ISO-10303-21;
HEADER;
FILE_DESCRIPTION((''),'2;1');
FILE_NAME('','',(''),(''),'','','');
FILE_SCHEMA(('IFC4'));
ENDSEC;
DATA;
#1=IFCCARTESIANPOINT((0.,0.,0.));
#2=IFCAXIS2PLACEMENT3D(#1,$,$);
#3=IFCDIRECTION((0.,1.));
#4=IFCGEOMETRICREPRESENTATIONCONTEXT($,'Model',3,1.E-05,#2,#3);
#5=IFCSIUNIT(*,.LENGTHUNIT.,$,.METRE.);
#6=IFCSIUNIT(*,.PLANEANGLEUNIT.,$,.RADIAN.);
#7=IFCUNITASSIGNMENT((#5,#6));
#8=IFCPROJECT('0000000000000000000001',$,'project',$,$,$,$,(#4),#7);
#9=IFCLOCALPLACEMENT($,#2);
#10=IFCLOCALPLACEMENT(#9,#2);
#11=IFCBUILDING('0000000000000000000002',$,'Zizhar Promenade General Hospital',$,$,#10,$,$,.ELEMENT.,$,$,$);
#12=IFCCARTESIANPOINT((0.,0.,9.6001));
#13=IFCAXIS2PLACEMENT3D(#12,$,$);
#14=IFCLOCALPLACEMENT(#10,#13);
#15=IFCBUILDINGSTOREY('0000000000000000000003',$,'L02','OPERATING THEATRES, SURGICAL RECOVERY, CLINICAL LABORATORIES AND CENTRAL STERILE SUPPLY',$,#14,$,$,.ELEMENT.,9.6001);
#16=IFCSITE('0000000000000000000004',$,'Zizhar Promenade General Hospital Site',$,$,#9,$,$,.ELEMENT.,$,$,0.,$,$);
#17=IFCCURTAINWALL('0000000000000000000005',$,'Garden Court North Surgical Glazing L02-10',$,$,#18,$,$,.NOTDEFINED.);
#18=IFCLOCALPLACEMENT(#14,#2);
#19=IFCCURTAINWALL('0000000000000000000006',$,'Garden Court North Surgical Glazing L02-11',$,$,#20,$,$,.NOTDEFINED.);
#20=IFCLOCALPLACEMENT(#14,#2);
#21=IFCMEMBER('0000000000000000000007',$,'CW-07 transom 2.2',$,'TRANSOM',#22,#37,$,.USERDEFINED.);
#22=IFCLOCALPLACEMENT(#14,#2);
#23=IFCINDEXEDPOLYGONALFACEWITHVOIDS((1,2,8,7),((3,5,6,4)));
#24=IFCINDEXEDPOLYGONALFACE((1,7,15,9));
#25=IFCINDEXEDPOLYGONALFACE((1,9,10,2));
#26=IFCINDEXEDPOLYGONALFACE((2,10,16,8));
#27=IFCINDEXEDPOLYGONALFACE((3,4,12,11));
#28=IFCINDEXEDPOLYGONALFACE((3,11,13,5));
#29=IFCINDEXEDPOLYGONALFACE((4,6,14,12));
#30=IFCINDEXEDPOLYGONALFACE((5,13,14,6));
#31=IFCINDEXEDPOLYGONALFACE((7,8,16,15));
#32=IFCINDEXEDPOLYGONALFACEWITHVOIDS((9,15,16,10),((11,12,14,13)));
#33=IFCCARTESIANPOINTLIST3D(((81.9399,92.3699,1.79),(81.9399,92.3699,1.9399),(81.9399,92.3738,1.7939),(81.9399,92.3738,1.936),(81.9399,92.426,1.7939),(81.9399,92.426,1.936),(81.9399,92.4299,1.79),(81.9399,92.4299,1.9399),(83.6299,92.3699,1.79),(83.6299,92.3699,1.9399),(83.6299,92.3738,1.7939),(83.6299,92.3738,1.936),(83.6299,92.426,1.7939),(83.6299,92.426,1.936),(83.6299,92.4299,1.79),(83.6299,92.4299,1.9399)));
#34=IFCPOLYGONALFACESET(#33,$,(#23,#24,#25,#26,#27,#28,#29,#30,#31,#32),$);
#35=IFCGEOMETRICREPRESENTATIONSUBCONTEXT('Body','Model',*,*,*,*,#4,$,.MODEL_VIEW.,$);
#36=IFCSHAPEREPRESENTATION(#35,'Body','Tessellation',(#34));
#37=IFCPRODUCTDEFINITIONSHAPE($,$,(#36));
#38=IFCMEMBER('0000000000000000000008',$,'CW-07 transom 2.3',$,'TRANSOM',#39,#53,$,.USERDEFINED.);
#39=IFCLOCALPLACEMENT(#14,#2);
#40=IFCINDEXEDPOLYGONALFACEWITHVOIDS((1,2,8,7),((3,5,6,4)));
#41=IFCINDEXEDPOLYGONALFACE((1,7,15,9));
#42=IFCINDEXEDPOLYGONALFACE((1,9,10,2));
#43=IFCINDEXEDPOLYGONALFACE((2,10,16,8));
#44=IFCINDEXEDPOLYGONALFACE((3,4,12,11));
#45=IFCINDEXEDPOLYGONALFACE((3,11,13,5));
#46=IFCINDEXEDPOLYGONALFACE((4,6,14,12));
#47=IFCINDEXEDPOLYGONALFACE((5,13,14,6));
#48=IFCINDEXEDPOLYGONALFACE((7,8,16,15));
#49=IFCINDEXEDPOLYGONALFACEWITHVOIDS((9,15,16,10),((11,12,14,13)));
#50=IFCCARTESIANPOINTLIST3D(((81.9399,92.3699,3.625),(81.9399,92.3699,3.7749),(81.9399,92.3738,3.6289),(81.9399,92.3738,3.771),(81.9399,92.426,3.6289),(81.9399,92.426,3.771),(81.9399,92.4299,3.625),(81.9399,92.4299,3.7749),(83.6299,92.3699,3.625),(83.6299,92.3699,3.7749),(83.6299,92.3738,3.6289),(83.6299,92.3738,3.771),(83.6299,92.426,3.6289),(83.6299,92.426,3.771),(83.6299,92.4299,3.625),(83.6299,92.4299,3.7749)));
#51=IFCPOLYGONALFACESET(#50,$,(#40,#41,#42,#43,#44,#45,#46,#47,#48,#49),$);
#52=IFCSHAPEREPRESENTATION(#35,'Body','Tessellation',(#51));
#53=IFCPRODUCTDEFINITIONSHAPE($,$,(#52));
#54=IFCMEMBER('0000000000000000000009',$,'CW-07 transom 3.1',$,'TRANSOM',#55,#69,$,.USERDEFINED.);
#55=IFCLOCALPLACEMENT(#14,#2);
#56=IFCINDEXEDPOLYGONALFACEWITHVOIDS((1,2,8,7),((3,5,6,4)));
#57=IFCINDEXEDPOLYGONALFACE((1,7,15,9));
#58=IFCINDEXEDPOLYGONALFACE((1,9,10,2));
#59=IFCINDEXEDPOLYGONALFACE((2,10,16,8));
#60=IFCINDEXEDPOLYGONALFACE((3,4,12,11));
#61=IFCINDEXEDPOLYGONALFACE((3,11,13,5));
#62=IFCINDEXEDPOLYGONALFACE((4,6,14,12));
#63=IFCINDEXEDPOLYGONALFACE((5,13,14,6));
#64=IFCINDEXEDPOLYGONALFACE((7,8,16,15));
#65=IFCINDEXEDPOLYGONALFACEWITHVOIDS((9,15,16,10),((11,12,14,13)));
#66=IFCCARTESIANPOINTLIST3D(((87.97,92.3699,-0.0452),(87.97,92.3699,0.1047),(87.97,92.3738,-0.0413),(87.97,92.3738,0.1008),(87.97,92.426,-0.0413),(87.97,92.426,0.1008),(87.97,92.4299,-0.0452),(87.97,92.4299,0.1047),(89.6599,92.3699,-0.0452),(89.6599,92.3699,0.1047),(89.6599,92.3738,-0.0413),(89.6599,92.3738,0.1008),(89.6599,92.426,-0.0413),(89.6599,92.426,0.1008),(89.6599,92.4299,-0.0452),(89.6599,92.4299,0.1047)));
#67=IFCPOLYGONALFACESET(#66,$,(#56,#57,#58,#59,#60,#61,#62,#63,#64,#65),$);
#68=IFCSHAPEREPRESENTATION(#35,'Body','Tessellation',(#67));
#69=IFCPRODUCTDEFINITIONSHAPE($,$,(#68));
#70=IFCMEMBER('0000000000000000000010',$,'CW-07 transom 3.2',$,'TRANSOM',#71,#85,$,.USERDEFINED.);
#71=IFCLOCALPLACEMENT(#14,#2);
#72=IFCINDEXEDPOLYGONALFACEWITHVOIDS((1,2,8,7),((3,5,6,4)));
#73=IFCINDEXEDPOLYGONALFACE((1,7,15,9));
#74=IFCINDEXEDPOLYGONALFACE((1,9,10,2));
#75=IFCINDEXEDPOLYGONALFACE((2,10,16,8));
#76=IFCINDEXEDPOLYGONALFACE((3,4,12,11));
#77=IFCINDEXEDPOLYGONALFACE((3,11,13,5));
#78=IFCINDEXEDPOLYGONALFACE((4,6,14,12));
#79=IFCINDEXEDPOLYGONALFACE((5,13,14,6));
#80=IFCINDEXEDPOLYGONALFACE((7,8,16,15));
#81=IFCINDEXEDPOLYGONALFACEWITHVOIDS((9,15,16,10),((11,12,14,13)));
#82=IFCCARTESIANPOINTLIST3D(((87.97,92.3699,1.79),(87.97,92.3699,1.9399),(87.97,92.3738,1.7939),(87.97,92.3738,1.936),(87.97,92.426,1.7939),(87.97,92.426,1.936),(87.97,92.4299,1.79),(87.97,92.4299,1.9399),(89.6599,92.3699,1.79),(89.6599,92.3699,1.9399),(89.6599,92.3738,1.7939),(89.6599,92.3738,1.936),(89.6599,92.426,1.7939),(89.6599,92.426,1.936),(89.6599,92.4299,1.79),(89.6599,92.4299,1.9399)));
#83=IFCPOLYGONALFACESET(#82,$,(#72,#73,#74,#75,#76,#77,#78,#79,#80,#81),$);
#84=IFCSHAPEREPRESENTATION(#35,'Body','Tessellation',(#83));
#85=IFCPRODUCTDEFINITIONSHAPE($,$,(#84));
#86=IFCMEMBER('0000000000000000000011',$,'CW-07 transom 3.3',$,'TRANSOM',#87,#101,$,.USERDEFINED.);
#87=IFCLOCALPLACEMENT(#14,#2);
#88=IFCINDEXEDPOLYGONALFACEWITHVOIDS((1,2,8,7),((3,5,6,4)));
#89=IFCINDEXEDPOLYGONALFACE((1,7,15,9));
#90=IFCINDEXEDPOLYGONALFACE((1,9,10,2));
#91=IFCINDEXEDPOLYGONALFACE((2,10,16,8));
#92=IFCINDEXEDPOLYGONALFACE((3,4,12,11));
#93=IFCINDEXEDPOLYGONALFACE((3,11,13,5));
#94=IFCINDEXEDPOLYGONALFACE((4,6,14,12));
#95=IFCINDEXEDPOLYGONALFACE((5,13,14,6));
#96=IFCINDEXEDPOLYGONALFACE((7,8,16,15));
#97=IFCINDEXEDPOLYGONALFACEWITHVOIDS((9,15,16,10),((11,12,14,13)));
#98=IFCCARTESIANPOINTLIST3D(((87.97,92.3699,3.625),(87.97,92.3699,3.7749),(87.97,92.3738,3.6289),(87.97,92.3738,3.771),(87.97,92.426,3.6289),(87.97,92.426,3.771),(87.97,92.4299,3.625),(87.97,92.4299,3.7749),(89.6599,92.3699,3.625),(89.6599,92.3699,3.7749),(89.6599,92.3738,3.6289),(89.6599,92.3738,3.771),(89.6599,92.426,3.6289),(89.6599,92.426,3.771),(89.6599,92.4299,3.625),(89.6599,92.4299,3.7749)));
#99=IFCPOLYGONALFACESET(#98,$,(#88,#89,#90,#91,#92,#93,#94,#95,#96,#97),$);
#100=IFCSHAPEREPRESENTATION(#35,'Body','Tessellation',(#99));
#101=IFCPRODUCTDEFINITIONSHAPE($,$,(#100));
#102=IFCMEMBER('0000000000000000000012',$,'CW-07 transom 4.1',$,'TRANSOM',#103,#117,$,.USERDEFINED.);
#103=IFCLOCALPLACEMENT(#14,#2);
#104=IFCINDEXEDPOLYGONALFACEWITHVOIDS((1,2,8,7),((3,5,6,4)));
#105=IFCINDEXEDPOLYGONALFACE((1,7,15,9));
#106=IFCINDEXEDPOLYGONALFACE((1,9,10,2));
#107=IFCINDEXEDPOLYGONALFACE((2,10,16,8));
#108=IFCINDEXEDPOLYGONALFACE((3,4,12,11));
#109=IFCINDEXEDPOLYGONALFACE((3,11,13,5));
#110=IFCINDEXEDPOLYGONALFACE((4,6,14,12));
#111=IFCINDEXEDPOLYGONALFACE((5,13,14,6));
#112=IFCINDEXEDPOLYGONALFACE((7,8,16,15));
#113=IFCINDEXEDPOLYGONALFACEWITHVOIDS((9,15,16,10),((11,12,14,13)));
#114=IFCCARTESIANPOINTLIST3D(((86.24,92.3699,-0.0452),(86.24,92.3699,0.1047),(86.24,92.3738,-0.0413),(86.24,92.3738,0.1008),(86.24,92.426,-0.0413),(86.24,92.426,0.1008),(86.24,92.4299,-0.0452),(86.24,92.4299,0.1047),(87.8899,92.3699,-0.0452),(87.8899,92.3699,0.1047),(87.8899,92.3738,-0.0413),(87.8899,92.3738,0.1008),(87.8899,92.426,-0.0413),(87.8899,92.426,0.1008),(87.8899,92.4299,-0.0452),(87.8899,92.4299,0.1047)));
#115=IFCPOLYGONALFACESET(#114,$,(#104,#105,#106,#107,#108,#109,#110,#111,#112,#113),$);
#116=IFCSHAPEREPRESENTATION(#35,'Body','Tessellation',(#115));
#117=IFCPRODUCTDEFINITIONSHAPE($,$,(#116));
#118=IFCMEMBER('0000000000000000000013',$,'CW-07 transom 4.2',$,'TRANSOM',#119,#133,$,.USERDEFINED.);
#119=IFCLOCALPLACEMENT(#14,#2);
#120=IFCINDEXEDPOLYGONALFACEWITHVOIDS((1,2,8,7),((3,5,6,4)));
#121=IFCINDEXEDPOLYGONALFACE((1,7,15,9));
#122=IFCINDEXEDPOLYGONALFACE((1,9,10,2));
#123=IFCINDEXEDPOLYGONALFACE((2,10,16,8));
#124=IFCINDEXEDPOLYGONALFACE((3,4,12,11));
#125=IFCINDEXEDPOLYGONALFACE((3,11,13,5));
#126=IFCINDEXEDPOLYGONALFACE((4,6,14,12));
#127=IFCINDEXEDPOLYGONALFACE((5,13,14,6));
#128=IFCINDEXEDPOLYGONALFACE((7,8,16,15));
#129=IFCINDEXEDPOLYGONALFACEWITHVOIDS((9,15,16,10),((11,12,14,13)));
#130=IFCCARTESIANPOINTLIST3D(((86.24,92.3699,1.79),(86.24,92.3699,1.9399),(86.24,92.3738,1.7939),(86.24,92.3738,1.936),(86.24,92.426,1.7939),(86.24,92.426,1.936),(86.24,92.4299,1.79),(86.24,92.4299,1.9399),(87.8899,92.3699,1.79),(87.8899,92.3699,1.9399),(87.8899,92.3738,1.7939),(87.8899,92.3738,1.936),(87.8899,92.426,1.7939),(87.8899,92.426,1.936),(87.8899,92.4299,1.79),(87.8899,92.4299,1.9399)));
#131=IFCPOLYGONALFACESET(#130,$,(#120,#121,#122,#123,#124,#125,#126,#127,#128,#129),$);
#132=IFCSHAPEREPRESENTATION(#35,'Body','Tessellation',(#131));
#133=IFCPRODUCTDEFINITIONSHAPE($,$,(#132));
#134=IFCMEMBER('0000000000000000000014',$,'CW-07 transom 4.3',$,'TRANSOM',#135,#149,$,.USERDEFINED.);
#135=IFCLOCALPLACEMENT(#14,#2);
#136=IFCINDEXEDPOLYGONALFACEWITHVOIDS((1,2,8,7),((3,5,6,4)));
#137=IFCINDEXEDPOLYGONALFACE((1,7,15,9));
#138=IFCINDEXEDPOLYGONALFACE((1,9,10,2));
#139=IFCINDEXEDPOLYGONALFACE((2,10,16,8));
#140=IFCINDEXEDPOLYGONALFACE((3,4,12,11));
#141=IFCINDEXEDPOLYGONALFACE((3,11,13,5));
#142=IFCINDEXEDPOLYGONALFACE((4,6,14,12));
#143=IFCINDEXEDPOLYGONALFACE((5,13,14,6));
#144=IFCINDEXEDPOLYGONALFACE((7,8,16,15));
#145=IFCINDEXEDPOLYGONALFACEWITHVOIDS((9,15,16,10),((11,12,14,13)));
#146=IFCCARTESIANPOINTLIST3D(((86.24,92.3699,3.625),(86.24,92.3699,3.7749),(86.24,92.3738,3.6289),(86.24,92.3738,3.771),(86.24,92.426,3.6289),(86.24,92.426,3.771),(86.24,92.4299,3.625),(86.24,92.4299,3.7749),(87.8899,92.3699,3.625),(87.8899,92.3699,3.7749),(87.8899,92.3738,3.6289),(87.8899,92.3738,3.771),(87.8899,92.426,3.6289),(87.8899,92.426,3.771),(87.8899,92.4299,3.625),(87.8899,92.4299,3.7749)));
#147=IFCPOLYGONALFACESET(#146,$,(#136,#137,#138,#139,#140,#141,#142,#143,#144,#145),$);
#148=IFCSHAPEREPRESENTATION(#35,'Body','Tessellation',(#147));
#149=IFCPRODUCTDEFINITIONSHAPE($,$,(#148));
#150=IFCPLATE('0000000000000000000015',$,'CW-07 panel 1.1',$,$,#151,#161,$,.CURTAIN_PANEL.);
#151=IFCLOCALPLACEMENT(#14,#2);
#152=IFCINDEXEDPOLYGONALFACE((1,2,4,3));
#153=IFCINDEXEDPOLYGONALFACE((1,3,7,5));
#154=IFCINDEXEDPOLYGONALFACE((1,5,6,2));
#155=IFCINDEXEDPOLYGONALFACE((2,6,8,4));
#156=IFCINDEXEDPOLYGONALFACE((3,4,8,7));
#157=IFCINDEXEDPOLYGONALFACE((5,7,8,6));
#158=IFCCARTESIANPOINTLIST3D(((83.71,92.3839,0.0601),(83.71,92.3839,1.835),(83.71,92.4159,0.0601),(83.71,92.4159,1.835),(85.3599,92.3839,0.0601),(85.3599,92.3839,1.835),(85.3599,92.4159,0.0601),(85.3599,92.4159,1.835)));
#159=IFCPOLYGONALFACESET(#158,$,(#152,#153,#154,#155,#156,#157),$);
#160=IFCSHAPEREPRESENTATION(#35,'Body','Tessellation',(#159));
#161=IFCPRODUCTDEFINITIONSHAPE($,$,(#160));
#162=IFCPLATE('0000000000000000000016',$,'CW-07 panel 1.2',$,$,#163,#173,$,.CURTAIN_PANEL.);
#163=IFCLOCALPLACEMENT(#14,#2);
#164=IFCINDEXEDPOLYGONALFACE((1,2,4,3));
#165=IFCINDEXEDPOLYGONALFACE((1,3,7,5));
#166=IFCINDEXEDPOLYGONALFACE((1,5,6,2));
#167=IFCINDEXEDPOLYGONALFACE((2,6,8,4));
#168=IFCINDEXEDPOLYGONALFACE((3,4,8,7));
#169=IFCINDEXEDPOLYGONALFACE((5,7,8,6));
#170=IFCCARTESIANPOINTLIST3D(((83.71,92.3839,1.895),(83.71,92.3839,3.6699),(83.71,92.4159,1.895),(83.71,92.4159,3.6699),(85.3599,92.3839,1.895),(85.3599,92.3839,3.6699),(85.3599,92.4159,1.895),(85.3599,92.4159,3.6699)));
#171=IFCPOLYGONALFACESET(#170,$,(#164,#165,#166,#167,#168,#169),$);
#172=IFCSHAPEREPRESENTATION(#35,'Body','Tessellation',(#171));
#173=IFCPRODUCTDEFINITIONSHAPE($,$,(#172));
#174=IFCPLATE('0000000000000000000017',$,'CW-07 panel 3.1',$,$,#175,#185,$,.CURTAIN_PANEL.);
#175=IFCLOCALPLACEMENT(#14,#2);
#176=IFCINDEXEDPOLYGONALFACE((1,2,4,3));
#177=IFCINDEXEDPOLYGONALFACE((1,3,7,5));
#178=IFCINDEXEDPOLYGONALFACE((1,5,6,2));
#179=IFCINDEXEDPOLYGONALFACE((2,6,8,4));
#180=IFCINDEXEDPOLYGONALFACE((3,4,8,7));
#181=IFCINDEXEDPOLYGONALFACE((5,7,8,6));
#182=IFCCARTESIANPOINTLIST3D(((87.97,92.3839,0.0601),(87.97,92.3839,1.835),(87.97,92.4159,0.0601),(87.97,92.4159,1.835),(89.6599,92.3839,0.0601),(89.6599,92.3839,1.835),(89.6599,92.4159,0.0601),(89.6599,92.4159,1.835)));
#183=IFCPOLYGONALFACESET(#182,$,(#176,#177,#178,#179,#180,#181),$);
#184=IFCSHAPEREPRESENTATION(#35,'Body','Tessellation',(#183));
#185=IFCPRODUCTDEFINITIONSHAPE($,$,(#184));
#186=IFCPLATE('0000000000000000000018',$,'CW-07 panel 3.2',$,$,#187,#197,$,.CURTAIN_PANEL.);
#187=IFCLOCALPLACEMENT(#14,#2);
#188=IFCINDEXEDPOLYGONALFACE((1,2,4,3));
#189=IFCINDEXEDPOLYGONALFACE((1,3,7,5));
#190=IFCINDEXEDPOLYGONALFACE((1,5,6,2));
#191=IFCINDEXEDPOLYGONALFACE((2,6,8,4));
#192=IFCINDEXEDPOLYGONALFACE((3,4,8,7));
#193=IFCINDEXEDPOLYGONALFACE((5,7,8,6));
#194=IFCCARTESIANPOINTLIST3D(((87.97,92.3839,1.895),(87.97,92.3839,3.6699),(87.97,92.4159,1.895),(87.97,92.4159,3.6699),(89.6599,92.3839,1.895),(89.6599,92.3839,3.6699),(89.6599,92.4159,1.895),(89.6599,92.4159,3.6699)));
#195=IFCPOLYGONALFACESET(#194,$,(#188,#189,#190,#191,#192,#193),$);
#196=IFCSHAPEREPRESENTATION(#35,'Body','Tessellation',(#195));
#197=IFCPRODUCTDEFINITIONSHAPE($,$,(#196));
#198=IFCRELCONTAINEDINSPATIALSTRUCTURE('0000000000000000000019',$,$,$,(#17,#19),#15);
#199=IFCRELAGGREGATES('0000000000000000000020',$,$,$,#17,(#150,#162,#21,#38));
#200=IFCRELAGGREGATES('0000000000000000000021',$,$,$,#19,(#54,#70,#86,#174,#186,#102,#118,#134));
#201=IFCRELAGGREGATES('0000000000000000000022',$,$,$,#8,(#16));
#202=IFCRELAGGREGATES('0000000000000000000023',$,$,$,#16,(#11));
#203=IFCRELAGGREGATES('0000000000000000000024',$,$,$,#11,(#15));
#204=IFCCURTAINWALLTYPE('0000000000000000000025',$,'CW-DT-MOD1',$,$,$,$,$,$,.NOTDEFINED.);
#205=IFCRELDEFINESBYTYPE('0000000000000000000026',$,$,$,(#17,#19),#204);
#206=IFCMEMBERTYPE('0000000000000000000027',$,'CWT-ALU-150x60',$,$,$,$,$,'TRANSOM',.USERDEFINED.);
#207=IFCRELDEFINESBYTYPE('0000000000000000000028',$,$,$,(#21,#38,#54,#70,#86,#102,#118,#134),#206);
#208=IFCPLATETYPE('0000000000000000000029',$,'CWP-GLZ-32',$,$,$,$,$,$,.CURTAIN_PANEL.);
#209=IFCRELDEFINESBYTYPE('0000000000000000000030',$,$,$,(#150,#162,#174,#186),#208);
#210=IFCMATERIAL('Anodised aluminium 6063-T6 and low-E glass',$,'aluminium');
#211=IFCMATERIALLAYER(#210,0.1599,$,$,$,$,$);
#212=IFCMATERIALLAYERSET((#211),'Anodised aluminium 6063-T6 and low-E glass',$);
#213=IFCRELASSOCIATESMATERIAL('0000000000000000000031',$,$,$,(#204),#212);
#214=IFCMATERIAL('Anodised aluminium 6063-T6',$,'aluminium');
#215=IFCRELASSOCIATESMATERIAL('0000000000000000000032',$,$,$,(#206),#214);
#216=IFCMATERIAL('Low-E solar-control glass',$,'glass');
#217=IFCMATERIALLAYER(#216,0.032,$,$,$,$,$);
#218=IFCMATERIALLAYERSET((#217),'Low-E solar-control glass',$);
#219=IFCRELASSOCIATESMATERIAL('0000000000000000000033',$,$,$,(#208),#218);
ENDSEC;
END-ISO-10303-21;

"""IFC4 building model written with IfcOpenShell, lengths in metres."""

from ifc_helpers import new_model, si_unit, direction, frame, origin, origin_2d, place, context, subcontext, project, spatial, rectangle, hollow_rectangle, extrude, material, layer, layer_set, material_profile, profile_set, type_object, element, aggregate, save


model = new_model("IFC4")

# Units and contexts
model_context = context("Model", 3, precision=1e-05, world=origin(), true_north=direction((0.0, 1.0)))
body_context = subcontext(model_context, "Body", "Model", "MODEL_VIEW")
ifc_project = project(units=[si_unit("LENGTHUNIT", "METRE"), si_unit("PLANEANGLEUNIT", "RADIAN")], contexts=[model_context])

# Site, building, storey
site_placement = place(None, origin())
site = spatial("IfcSite", under=ifc_project, at=site_placement, Name="Zizhar Promenade General Hospital Site", CompositionType="ELEMENT", RefElevation=0.0)
building_placement = place(site_placement, origin())
building = spatial("IfcBuilding", under=site, at=building_placement, Name="Zizhar Promenade General Hospital", CompositionType="ELEMENT")
storey_placement = place(building_placement, frame((0.0, 0.0, 9.6001)))
storey = spatial("IfcBuildingStorey", under=building, at=storey_placement, Name="L02", Description="OPERATING THEATRES, SURGICAL RECOVERY, CLINICAL LABORATORIES AND CENTRAL STERILE SUPPLY", CompositionType="ELEMENT", Elevation=9.6001)

# Curtain walls
ifc_material_1 = material(Name="Anodised aluminium 6063-T6 and low-E glass", Category="aluminium")
ifc_layer_1 = layer(ifc_material_1, 0.1599)
ifc_layer_set_1 = layer_set([ifc_layer_1], Name="Anodised aluminium 6063-T6 and low-E glass")
curtain_wall_type = type_object("IfcCurtainWallType", Name="CW-DT-MOD1", PredefinedType="NOTDEFINED", material=ifc_layer_set_1)
curtain_wall_1_placement = place(storey_placement, origin())
curtain_wall_1 = element("IfcCurtainWall", 1, at=curtain_wall_1_placement, inside=storey, type_object=curtain_wall_type, Name="Garden Court North Surgical Glazing L02-10", PredefinedType="NOTDEFINED")
curtain_wall_2_placement = place(storey_placement, origin())
curtain_wall_2 = element("IfcCurtainWall", 2, at=curtain_wall_2_placement, inside=storey, type_object=curtain_wall_type, Name="Garden Court North Surgical Glazing L02-11", PredefinedType="NOTDEFINED")

# Members
ifc_material_2 = material(Name="Anodised aluminium 6063-T6", Category="aluminium")
ifc_material_profile_1 = material_profile(ifc_material_2, hollow_rectangle(XDim=0.0601, YDim=0.1499, WallThickness=0.0039, at=origin_2d()))
ifc_profile_set_1 = profile_set([ifc_material_profile_1], Name="Anodised aluminium 6063-T6")
member_type_1 = type_object("IfcMemberType", Name="CWT-ALU-150x60", ElementType="TRANSOM", PredefinedType="USERDEFINED", material=ifc_profile_set_1)
member_1_placement = place(storey_placement, frame((83.6299, 92.3999, 1.865), z_axis=(-1.0, 0.0, 0.0), x_axis=(0.0, -1.0, 0.0)))
member_1 = element("IfcMember", 3, at=member_1_placement, type_object=member_type_1, Name="CW-07 transom 2.2", ObjectType="TRANSOM", PredefinedType="USERDEFINED", context=body_context, shape_type="SweptSolid", body=[
    extrude(hollow_rectangle(XDim=0.0601, YDim=0.1499, WallThickness=0.0039, at=origin_2d()), origin(), (0.0, 0.0, 1.0), 1.6899),
])
member_2_placement = place(storey_placement, frame((83.6299, 92.3999, 3.7), z_axis=(-1.0, 0.0, 0.0), x_axis=(0.0, -1.0, 0.0)))
member_2 = element("IfcMember", 4, at=member_2_placement, type_object=member_type_1, Name="CW-07 transom 2.3", ObjectType="TRANSOM", PredefinedType="USERDEFINED", context=body_context, shape_type="SweptSolid", body=[
    extrude(hollow_rectangle(XDim=0.0601, YDim=0.1499, WallThickness=0.0039, at=origin_2d()), origin(), (0.0, 0.0, 1.0), 1.6899),
])
member_3_placement = place(storey_placement, frame((89.6599, 92.3999, 0.0298), z_axis=(-1.0, 0.0, 0.0), x_axis=(0.0, -1.0, 0.0)))
member_3 = element("IfcMember", 5, at=member_3_placement, type_object=member_type_1, Name="CW-07 transom 3.1", ObjectType="TRANSOM", PredefinedType="USERDEFINED", context=body_context, shape_type="SweptSolid", body=[
    extrude(hollow_rectangle(XDim=0.0601, YDim=0.1499, WallThickness=0.0039, at=origin_2d()), origin(), (0.0, 0.0, 1.0), 1.6899),
])
member_4_placement = place(storey_placement, frame((89.6599, 92.3999, 1.865), z_axis=(-1.0, 0.0, 0.0), x_axis=(0.0, -1.0, 0.0)))
member_4 = element("IfcMember", 6, at=member_4_placement, type_object=member_type_1, Name="CW-07 transom 3.2", ObjectType="TRANSOM", PredefinedType="USERDEFINED", context=body_context, shape_type="SweptSolid", body=[
    extrude(hollow_rectangle(XDim=0.0601, YDim=0.1499, WallThickness=0.0039, at=origin_2d()), origin(), (0.0, 0.0, 1.0), 1.6899),
])
member_5_placement = place(storey_placement, frame((89.6599, 92.3999, 3.7), z_axis=(-1.0, 0.0, 0.0), x_axis=(0.0, -1.0, 0.0)))
member_5 = element("IfcMember", 7, at=member_5_placement, type_object=member_type_1, Name="CW-07 transom 3.3", ObjectType="TRANSOM", PredefinedType="USERDEFINED", context=body_context, shape_type="SweptSolid", body=[
    extrude(hollow_rectangle(XDim=0.0601, YDim=0.1499, WallThickness=0.0039, at=origin_2d()), origin(), (0.0, 0.0, 1.0), 1.6899),
])
member_6_placement = place(storey_placement, frame((87.8899, 92.3999, 0.0298), z_axis=(-1.0, 0.0, 0.0), x_axis=(0.0, -1.0, 0.0)))
member_6 = element("IfcMember", 8, at=member_6_placement, type_object=member_type_1, Name="CW-07 transom 4.1", ObjectType="TRANSOM", PredefinedType="USERDEFINED", context=body_context, shape_type="SweptSolid", body=[
    extrude(hollow_rectangle(XDim=0.0601, YDim=0.1499, WallThickness=0.0039, at=origin_2d()), origin(), (0.0, 0.0, 1.0), 1.6499),
])
member_7_placement = place(storey_placement, frame((87.8899, 92.3999, 1.865), z_axis=(-1.0, 0.0, 0.0), x_axis=(0.0, -1.0, 0.0)))
member_7 = element("IfcMember", 9, at=member_7_placement, type_object=member_type_1, Name="CW-07 transom 4.2", ObjectType="TRANSOM", PredefinedType="USERDEFINED", context=body_context, shape_type="SweptSolid", body=[
    extrude(hollow_rectangle(XDim=0.0601, YDim=0.1499, WallThickness=0.0039, at=origin_2d()), origin(), (0.0, 0.0, 1.0), 1.6499),
])
member_8_placement = place(storey_placement, frame((87.8899, 92.3999, 3.7), z_axis=(-1.0, 0.0, 0.0), x_axis=(0.0, -1.0, 0.0)))
member_8 = element("IfcMember", 10, at=member_8_placement, type_object=member_type_1, Name="CW-07 transom 4.3", ObjectType="TRANSOM", PredefinedType="USERDEFINED", context=body_context, shape_type="SweptSolid", body=[
    extrude(hollow_rectangle(XDim=0.0601, YDim=0.1499, WallThickness=0.0039, at=origin_2d()), origin(), (0.0, 0.0, 1.0), 1.6499),
])

# Plates
ifc_material_3 = material(Name="Low-E solar-control glass", Category="glass")
ifc_layer_2 = layer(ifc_material_3, 0.032)
ifc_layer_set_2 = layer_set([ifc_layer_2], Name="Low-E solar-control glass")
plate_type = type_object("IfcPlateType", Name="CWP-GLZ-32", PredefinedType="CURTAIN_PANEL", material=ifc_layer_set_2)
plate_1_placement = place(storey_placement, frame((84.5349, 92.3999, 0.0601), z_axis=(0.0, 0.0, 1.0), x_axis=(-1.0, 0.0, 0.0)))
plate_1 = element("IfcPlate", 11, at=plate_1_placement, type_object=plate_type, Name="CW-07 panel 1.1", PredefinedType="CURTAIN_PANEL", context=body_context, shape_type="SweptSolid", body=[
    extrude(rectangle(XDim=1.6499, YDim=0.032, at=origin_2d()), origin(), (0.0, 0.0, 1.0), 1.7749),
])
plate_2_placement = place(storey_placement, frame((84.5349, 92.3999, 1.895), z_axis=(0.0, 0.0, 1.0), x_axis=(-1.0, 0.0, 0.0)))
plate_2 = element("IfcPlate", 12, at=plate_2_placement, type_object=plate_type, Name="CW-07 panel 1.2", PredefinedType="CURTAIN_PANEL", context=body_context, shape_type="SweptSolid", body=[
    extrude(rectangle(XDim=1.6499, YDim=0.032, at=origin_2d()), origin(), (0.0, 0.0, 1.0), 1.7749),
])
aggregate(curtain_wall_1, [plate_1, plate_2, member_1, member_2])
plate_3_placement = place(storey_placement, frame((88.8149, 92.3999, 0.0601), z_axis=(0.0, 0.0, 1.0), x_axis=(-1.0, 0.0, 0.0)))
plate_3 = element("IfcPlate", 13, at=plate_3_placement, type_object=plate_type, Name="CW-07 panel 3.1", PredefinedType="CURTAIN_PANEL", context=body_context, shape_type="SweptSolid", body=[
    extrude(rectangle(XDim=1.6899, YDim=0.032, at=origin_2d()), origin(), (0.0, 0.0, 1.0), 1.7749),
])
plate_4_placement = place(storey_placement, frame((88.8149, 92.3999, 1.895), z_axis=(0.0, 0.0, 1.0), x_axis=(-1.0, 0.0, 0.0)))
plate_4 = element("IfcPlate", 14, at=plate_4_placement, type_object=plate_type, Name="CW-07 panel 3.2", PredefinedType="CURTAIN_PANEL", context=body_context, shape_type="SweptSolid", body=[
    extrude(rectangle(XDim=1.6899, YDim=0.032, at=origin_2d()), origin(), (0.0, 0.0, 1.0), 1.7749),
])
aggregate(curtain_wall_2, [member_3, member_4, member_5, plate_3, plate_4, member_6, member_7, member_8])

save(model, "model.ifc")
